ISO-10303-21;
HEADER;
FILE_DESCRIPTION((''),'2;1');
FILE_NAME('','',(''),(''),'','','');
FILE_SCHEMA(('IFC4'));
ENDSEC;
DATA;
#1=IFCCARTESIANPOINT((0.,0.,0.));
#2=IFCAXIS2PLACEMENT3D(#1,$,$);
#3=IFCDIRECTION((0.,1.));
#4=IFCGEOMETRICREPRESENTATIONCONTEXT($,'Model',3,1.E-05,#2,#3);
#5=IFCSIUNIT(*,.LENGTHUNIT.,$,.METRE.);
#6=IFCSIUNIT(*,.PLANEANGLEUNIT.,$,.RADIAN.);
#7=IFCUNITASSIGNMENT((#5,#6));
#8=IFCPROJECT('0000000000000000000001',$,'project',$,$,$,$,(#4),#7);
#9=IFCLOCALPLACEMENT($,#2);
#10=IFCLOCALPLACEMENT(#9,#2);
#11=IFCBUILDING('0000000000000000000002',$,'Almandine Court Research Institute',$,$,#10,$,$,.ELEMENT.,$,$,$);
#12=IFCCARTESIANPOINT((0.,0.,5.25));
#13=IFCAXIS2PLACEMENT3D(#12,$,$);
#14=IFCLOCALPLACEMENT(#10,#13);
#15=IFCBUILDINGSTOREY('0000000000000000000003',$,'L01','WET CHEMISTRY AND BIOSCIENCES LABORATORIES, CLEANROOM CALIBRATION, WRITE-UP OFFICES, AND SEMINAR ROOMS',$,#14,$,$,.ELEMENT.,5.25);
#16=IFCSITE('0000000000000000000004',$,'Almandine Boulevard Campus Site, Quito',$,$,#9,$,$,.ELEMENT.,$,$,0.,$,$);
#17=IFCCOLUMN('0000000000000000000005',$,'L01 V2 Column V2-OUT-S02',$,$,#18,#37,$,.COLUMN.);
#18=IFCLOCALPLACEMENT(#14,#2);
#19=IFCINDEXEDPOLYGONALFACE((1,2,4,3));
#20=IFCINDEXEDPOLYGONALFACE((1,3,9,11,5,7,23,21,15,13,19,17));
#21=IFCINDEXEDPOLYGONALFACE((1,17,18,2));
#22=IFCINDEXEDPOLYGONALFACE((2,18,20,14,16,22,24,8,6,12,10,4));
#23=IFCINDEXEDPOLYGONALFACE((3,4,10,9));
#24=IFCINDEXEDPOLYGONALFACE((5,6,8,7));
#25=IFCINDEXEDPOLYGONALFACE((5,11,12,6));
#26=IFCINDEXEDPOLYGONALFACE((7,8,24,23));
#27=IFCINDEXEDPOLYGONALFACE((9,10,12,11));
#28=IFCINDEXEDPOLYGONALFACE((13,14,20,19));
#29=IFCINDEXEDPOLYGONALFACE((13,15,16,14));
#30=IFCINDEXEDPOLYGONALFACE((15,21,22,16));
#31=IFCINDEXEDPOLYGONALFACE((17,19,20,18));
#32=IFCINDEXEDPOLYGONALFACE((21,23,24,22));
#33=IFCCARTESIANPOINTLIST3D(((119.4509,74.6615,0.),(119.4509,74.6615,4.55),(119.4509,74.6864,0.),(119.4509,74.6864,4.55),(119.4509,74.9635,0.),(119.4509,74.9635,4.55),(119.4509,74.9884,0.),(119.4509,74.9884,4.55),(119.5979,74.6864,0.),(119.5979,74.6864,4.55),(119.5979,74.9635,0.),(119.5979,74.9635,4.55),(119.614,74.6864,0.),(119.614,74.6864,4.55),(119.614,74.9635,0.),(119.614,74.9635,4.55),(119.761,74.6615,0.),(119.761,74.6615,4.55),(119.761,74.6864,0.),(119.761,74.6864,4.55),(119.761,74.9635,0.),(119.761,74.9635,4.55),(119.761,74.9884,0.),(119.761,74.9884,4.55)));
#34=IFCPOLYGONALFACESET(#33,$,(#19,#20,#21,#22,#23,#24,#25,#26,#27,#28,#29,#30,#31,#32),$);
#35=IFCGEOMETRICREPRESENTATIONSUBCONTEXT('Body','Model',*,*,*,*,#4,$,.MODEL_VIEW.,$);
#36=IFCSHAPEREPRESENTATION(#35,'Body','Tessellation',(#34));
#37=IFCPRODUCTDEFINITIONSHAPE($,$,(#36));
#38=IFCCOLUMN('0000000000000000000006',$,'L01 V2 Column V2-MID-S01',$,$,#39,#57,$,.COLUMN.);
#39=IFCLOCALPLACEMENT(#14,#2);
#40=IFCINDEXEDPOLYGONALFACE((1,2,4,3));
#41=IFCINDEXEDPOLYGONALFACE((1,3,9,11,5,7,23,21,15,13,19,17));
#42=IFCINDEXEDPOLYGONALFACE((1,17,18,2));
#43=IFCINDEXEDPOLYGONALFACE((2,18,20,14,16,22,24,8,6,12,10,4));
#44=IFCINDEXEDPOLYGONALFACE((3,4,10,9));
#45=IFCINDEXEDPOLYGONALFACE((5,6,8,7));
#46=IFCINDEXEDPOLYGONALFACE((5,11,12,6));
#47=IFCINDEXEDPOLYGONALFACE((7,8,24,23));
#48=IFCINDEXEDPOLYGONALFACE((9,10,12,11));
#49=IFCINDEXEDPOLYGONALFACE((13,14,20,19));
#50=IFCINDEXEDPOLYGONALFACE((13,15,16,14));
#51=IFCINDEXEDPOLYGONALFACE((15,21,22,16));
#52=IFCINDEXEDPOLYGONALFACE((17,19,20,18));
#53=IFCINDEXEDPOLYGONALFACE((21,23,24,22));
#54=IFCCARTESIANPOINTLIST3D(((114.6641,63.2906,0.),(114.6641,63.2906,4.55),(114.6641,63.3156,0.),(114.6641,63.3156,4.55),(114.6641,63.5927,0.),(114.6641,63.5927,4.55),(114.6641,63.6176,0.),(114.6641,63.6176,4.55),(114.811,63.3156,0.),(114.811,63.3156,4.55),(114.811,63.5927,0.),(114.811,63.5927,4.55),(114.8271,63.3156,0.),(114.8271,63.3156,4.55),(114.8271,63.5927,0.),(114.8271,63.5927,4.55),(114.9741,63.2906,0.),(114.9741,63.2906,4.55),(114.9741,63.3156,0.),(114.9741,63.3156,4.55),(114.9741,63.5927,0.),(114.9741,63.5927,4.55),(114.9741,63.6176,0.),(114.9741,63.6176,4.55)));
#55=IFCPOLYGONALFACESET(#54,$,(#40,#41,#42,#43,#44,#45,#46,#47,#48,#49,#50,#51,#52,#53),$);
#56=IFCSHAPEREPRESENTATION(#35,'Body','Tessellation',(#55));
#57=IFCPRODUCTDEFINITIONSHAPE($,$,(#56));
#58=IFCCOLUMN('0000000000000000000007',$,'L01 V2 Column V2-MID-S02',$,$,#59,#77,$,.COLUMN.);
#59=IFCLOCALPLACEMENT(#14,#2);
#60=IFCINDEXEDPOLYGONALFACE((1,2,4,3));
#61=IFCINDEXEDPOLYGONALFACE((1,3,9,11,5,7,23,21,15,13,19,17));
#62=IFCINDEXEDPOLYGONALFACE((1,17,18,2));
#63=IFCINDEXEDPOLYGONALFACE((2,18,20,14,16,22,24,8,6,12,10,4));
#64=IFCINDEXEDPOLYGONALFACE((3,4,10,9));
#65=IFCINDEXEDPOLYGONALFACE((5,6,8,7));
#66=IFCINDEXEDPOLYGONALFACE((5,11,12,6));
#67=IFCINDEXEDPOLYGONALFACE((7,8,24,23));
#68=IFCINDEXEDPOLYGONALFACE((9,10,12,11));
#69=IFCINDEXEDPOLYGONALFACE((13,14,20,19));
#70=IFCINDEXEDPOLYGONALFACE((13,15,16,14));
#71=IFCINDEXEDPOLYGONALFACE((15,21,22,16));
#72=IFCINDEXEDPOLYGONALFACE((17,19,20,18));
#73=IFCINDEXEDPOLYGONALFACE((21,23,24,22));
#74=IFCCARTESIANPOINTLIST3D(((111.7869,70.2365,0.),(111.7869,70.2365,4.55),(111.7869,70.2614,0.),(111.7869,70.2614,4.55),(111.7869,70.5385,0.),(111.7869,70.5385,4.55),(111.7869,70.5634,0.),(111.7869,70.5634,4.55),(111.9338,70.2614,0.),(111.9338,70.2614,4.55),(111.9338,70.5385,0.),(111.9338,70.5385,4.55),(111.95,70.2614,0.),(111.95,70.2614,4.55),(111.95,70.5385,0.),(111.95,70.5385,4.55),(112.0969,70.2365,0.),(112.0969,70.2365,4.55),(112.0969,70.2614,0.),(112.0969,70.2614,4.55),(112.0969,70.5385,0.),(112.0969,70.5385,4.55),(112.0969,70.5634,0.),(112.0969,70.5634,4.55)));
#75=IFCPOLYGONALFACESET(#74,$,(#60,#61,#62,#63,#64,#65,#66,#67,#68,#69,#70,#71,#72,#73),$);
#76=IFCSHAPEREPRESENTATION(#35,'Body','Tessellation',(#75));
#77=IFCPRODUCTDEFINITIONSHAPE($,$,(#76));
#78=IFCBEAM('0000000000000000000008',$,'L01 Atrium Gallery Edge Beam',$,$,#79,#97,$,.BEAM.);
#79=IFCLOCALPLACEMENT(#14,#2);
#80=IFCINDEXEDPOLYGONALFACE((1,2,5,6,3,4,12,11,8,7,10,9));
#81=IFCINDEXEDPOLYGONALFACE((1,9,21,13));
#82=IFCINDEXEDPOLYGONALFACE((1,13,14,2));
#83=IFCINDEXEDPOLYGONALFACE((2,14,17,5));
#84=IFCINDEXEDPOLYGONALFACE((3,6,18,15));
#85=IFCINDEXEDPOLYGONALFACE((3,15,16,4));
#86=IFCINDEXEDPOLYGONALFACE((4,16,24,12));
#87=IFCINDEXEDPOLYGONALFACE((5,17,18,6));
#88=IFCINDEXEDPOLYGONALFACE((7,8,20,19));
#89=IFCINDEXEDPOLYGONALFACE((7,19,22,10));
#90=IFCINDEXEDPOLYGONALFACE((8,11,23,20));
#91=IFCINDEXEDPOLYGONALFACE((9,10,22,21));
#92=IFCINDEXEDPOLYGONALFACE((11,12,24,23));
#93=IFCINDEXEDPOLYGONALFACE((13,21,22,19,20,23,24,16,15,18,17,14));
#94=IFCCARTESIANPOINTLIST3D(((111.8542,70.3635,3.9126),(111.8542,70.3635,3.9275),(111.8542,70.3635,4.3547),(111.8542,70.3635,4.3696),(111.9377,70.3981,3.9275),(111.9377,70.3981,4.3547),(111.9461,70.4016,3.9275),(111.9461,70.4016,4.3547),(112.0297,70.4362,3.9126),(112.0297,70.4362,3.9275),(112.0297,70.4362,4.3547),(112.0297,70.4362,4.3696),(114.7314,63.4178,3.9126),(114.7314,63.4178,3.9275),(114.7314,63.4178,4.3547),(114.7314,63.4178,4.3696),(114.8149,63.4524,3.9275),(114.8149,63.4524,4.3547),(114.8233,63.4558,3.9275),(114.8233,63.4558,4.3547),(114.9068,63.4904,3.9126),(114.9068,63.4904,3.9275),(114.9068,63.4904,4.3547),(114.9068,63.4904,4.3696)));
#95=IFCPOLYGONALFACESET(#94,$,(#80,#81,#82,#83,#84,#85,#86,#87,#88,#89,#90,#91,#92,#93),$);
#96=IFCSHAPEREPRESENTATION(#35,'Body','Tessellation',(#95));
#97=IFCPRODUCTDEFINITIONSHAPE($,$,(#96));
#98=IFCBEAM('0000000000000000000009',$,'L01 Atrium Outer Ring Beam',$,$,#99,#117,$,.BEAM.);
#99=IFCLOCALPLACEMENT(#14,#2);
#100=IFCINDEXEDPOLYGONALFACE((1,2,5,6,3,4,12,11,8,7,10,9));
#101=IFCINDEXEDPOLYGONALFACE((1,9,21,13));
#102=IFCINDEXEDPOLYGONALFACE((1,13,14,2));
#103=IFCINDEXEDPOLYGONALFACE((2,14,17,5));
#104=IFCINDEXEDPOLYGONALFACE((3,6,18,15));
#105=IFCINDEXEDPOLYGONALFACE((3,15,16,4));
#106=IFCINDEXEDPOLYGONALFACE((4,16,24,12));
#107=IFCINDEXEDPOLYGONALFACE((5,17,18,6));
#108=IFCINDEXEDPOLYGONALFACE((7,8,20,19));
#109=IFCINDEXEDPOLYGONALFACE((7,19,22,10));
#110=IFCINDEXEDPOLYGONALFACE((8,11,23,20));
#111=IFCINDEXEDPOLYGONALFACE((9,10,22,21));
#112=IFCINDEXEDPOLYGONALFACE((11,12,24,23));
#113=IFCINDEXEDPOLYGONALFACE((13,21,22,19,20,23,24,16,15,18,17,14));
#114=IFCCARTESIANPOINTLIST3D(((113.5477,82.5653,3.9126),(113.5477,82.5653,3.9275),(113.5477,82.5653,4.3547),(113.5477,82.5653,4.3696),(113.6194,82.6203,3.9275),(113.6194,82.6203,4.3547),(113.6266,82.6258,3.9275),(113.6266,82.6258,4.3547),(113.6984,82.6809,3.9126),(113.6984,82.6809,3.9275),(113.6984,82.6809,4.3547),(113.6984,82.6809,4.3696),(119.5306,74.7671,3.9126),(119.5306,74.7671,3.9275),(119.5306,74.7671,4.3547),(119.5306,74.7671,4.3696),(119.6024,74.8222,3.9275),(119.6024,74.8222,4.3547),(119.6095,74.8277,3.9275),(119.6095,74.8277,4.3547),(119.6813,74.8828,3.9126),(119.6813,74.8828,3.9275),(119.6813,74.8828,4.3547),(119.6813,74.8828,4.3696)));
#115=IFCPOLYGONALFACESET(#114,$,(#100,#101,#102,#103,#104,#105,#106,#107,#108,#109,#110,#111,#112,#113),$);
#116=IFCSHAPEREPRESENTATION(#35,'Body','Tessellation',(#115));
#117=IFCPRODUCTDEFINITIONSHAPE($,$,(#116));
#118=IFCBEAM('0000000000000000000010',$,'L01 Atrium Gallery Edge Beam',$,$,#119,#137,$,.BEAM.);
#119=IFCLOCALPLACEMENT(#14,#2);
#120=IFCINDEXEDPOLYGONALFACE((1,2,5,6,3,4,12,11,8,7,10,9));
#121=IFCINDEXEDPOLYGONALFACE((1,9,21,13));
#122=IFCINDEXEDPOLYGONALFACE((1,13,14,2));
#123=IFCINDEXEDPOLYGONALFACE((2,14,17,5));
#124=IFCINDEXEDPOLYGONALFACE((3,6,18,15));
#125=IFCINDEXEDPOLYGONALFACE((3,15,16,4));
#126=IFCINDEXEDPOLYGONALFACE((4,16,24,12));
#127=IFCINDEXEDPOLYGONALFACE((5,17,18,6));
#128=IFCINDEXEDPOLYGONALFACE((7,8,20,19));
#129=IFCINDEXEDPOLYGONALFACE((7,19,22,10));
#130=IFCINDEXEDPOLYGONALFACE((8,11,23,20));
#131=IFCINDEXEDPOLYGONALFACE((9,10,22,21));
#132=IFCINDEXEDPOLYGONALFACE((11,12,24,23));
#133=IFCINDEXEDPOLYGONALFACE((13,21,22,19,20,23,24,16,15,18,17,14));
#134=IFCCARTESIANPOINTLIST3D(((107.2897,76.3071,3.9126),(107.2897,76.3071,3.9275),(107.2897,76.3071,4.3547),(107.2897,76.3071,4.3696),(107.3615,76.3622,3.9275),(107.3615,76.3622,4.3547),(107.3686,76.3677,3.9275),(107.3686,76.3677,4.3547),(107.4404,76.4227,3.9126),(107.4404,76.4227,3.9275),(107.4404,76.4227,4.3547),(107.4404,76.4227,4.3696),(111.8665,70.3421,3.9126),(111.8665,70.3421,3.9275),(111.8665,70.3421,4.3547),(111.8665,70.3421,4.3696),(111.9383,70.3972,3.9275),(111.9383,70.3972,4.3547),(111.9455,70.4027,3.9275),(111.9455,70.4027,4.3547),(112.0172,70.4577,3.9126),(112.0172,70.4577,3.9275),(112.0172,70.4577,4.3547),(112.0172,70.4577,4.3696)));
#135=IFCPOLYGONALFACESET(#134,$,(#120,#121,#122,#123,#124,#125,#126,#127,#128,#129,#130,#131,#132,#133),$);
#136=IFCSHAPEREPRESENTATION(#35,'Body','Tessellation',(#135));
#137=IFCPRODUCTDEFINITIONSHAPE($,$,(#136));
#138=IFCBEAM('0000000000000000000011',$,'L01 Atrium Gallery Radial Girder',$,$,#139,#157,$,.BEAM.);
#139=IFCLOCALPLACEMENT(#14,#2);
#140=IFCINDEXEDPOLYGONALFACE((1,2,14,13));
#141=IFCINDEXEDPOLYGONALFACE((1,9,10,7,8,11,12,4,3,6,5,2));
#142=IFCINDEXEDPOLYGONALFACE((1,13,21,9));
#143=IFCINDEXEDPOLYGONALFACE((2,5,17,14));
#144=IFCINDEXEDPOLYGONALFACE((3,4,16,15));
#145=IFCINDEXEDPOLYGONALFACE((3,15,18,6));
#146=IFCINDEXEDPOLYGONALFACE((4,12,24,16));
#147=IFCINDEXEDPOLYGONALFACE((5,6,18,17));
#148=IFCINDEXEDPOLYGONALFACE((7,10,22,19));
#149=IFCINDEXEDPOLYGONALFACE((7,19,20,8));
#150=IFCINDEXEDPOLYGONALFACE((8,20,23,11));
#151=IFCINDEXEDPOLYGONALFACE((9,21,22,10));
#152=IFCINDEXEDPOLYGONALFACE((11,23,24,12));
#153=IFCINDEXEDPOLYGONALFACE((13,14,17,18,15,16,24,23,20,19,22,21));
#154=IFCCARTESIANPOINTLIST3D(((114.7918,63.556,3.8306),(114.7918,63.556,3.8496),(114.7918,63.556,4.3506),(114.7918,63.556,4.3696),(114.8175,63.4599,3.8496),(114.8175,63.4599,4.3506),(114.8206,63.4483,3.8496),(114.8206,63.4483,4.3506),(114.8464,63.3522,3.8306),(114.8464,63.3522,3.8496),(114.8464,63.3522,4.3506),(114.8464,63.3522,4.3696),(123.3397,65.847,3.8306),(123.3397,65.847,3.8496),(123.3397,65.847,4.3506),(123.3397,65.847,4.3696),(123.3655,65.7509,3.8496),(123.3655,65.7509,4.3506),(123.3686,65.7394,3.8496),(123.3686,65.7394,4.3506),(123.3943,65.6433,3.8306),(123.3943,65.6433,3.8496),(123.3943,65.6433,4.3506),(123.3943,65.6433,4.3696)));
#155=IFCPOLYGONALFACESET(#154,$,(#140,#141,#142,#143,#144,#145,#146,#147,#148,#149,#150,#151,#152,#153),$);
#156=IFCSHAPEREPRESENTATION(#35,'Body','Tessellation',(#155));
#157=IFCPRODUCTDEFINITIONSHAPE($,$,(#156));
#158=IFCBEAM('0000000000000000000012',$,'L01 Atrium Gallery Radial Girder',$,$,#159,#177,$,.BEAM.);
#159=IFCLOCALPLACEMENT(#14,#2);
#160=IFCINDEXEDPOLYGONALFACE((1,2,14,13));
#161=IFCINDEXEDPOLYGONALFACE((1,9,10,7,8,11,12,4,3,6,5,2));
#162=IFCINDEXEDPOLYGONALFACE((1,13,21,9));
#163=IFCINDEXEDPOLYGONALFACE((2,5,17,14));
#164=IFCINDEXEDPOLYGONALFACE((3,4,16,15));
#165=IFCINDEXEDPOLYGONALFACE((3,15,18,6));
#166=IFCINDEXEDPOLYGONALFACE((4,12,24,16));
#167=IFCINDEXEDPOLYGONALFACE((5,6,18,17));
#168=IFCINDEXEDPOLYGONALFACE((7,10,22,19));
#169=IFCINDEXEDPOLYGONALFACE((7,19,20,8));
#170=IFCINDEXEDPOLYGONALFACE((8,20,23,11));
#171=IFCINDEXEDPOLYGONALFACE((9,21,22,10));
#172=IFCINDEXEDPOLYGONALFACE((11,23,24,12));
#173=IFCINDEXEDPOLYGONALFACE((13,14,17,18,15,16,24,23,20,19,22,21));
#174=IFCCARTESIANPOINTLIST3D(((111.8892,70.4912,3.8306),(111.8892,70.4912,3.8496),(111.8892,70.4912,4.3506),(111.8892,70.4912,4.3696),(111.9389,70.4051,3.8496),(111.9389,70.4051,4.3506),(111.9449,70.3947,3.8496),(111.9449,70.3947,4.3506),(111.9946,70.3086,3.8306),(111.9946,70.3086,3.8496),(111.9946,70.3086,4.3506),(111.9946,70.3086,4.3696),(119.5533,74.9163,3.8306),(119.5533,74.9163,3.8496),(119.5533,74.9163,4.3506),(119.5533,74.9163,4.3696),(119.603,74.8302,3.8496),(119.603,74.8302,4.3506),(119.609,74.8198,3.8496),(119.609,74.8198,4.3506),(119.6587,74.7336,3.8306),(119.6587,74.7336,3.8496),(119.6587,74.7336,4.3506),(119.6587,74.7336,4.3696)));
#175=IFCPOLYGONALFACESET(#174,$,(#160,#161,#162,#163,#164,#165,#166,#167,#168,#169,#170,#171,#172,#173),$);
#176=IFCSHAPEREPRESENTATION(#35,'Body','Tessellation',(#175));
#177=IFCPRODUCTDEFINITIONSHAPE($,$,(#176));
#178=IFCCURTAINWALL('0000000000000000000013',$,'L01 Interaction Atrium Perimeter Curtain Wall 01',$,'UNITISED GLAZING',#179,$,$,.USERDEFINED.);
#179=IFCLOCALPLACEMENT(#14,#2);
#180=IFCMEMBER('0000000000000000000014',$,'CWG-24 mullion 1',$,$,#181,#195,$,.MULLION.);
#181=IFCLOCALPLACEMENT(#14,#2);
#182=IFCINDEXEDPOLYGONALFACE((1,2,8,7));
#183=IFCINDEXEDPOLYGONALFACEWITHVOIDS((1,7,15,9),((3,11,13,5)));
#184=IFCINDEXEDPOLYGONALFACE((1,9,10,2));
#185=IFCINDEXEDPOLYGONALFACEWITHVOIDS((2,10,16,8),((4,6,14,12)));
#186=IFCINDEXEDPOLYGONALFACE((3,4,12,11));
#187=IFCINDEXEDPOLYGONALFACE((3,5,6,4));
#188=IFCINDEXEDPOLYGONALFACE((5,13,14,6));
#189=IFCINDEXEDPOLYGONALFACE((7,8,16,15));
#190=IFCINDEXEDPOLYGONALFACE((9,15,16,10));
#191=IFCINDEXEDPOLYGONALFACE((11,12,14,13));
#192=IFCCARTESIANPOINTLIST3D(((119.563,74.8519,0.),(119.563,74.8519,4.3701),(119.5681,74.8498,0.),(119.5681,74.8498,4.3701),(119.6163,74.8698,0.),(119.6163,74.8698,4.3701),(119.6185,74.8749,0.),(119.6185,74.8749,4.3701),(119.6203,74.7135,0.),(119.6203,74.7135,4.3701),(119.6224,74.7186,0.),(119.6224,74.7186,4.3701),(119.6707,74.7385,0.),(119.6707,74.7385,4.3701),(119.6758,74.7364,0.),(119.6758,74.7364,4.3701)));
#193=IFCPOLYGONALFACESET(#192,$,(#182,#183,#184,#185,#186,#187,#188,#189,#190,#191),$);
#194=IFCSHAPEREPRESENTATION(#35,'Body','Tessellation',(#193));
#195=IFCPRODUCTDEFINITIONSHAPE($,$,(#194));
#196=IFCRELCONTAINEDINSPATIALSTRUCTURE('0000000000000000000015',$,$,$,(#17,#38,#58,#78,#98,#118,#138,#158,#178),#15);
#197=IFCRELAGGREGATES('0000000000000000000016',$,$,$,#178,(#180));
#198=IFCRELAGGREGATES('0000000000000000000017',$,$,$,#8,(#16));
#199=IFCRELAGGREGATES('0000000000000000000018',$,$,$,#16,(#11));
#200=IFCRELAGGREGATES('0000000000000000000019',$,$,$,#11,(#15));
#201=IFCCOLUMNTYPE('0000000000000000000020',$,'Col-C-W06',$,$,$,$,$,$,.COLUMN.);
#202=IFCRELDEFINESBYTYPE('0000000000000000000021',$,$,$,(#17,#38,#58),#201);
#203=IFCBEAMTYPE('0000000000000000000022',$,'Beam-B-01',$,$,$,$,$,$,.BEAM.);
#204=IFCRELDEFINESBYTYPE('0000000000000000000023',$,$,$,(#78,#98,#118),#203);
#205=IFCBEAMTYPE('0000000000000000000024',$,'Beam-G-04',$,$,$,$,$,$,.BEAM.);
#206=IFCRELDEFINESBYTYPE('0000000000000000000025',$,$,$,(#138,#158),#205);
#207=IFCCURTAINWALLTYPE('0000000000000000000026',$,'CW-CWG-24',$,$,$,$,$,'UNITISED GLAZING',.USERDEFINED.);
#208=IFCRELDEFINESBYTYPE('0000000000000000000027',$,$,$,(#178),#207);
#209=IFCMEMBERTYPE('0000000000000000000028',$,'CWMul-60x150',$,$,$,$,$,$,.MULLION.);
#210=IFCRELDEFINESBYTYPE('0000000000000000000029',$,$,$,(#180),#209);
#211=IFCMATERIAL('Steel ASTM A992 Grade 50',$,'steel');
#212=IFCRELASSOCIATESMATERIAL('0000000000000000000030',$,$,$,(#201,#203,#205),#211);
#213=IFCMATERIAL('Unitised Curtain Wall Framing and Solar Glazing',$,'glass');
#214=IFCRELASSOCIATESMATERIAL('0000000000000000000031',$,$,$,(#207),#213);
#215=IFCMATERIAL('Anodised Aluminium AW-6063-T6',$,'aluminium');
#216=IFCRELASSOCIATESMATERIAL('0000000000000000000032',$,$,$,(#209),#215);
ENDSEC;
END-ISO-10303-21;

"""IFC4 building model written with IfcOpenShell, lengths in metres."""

from ifc_helpers import new_model, si_unit, direction, frame, origin, origin_2d, place, context, subcontext, project, spatial, hollow_rectangle, i_section, extrude, material, material_profile, profile_set, type_object, element, aggregate, save


model = new_model("IFC4")

# Units and contexts
model_context = context("Model", 3, precision=1e-05, world=origin(), true_north=direction((0.0, 1.0)))
body_context = subcontext(model_context, "Body", "Model", "MODEL_VIEW")
ifc_project = project(units=[si_unit("LENGTHUNIT", "METRE"), si_unit("PLANEANGLEUNIT", "RADIAN")], contexts=[model_context])

# Site, building, storey
site_placement = place(None, origin())
site = spatial("IfcSite", under=ifc_project, at=site_placement, Name="Almandine Boulevard Campus Site, Quito", CompositionType="ELEMENT", RefElevation=0.0)
building_placement = place(site_placement, origin())
building = spatial("IfcBuilding", under=site, at=building_placement, Name="Almandine Court Research Institute", CompositionType="ELEMENT")
storey_placement = place(building_placement, frame((0.0, 0.0, 5.25)))
storey = spatial("IfcBuildingStorey", under=building, at=storey_placement, Name="L01", Description="WET CHEMISTRY AND BIOSCIENCES LABORATORIES, CLEANROOM CALIBRATION, WRITE-UP OFFICES, AND SEMINAR ROOMS", CompositionType="ELEMENT", Elevation=5.25)

# Columns
ifc_material_1 = material(Name="Steel ASTM A992 Grade 50", Category="steel")
ifc_material_profile_1 = material_profile(ifc_material_1, i_section(OverallWidth=0.3101, OverallDepth=0.3269, WebThickness=0.0161, FlangeThickness=0.0249, at=origin_2d()), Name="W310x158")
ifc_profile_set_1 = profile_set([ifc_material_profile_1], Name="Steel ASTM A992 Grade 50")
column_type = type_object("IfcColumnType", Name="Col-C-W06", PredefinedType="COLUMN", material=ifc_profile_set_1)
for number, where, z_axis, x_axis, name in (
    (1, (119.606, 74.825, 0.0), (0.0, 0.0, 1.0), (1.0, 0.0, 0.0), "L01 V2 Column V2-OUT-S02"),
    (2, (114.8191, 63.4541, 0.0), (0.0, 0.0, 1.0), (1.0, 0.0, 0.0), "L01 V2 Column V2-MID-S01"),
    (3, (111.9419, 70.3999, 0.0), (0.0, 0.0, 1.0), (1.0, 0.0, 0.0), "L01 V2 Column V2-MID-S02"),
):
    element("IfcColumn", number, at=place(storey_placement, frame(where, z_axis=z_axis, x_axis=x_axis)), inside=storey, type_object=column_type, Name=name, PredefinedType="COLUMN", context=body_context, shape_type="SweptSolid", body=[
        extrude(i_section(OverallWidth=0.3101, OverallDepth=0.3269, WebThickness=0.0161, FlangeThickness=0.0249, at=origin_2d()), origin(), (0.0, 0.0, 1.0), 4.55),
    ])

# Beams
ifc_material_profile_2 = material_profile(ifc_material_1, i_section(OverallWidth=0.1899, OverallDepth=0.457, WebThickness=0.009, FlangeThickness=0.0149, at=origin_2d()), Name="W460x74")
ifc_profile_set_2 = profile_set([ifc_material_profile_2], Name="Steel ASTM A992 Grade 50")
beam_type_1 = type_object("IfcBeamType", Name="Beam-B-01", PredefinedType="BEAM", material=ifc_profile_set_2)
beam_1_placement = place(storey_placement, frame((114.8191, 63.4541, 4.1411), z_axis=(-0.382701, 0.923872, 0.0), x_axis=(-0.923872, -0.382701, 0.0)))
element("IfcBeam", 4, at=beam_1_placement, inside=storey, type_object=beam_type_1, Name="L01 Atrium Gallery Edge Beam", PredefinedType="BEAM", context=body_context, shape_type="SweptSolid", body=[
    extrude(i_section(OverallWidth=0.1899, OverallDepth=0.457, WebThickness=0.009, FlangeThickness=0.0149, at=origin_2d()), origin(), (0.0, 0.0, 1.0), 7.5181),
])
beam_2_placement = place(storey_placement, frame((119.606, 74.825, 4.1411), z_axis=(-0.608712, 0.793392, 0.0), x_axis=(-0.793392, -0.608712, 0.0)))
element("IfcBeam", 5, at=beam_2_placement, inside=storey, type_object=beam_type_1, Name="L01 Atrium Outer Ring Beam", PredefinedType="BEAM", context=body_context, shape_type="SweptSolid", body=[
    extrude(i_section(OverallWidth=0.1899, OverallDepth=0.457, WebThickness=0.009, FlangeThickness=0.0149, at=origin_2d()), origin(), (0.0, 0.0, 1.0), 9.8289),
])
beam_3_placement = place(storey_placement, frame((111.9419, 70.3999, 4.1411), z_axis=(-0.608739, 0.793371, 0.0), x_axis=(-0.793371, -0.608739, 0.0)))
element("IfcBeam", 6, at=beam_3_placement, inside=storey, type_object=beam_type_1, Name="L01 Atrium Gallery Edge Beam", PredefinedType="BEAM", context=body_context, shape_type="SweptSolid", body=[
    extrude(i_section(OverallWidth=0.1899, OverallDepth=0.457, WebThickness=0.009, FlangeThickness=0.0149, at=origin_2d()), origin(), (0.0, 0.0, 1.0), 7.5186),
])
ifc_material_profile_3 = material_profile(ifc_material_1, i_section(OverallWidth=0.2109, OverallDepth=0.5391, WebThickness=0.012, FlangeThickness=0.019, at=origin_2d()), Name="W530x109")
ifc_profile_set_3 = profile_set([ifc_material_profile_3], Name="Steel ASTM A992 Grade 50")
beam_type_2 = type_object("IfcBeamType", Name="Beam-G-04", PredefinedType="BEAM", material=ifc_profile_set_3)
beam_4_placement = place(storey_placement, frame((114.8191, 63.4541, 4.1001), z_axis=(0.965908, 0.258885, 0.0), x_axis=(-0.258885, 0.965908, 0.0)))
element("IfcBeam", 7, at=beam_4_placement, inside=storey, type_object=beam_type_2, Name="L01 Atrium Gallery Radial Girder", PredefinedType="BEAM", context=body_context, shape_type="SweptSolid", body=[
    extrude(i_section(OverallWidth=0.2109, OverallDepth=0.5391, WebThickness=0.012, FlangeThickness=0.019, at=origin_2d()), origin(), (0.0, 0.0, 1.0), 8.8496),
])
beam_5_placement = place(storey_placement, frame((111.9419, 70.3999, 4.1001), z_axis=(0.866016, 0.500017, 0.0), x_axis=(-0.500017, 0.866016, 0.0)))
element("IfcBeam", 8, at=beam_5_placement, inside=storey, type_object=beam_type_2, Name="L01 Atrium Gallery Radial Girder", PredefinedType="BEAM", context=body_context, shape_type="SweptSolid", body=[
    extrude(i_section(OverallWidth=0.2109, OverallDepth=0.5391, WebThickness=0.012, FlangeThickness=0.019, at=origin_2d()), origin(), (0.0, 0.0, 1.0), 8.8499),
])

# Curtain wall, member
ifc_material_2 = material(Name="Unitised Curtain Wall Framing and Solar Glazing", Category="glass")
curtain_wall_type = type_object("IfcCurtainWallType", Name="CW-CWG-24", ElementType="UNITISED GLAZING", PredefinedType="USERDEFINED", material=ifc_material_2)
curtain_wall_placement = place(storey_placement, origin())
curtain_wall = element("IfcCurtainWall", 9, at=curtain_wall_placement, inside=storey, type_object=curtain_wall_type, Name="L01 Interaction Atrium Perimeter Curtain Wall 01", ObjectType="UNITISED GLAZING", PredefinedType="USERDEFINED")
ifc_material_3 = material(Name="Anodised Aluminium AW-6063-T6", Category="aluminium")
ifc_material_profile_4 = material_profile(ifc_material_3, hollow_rectangle(XDim=0.0601, YDim=0.1499, WallThickness=0.0039, at=origin_2d()), Name="ALU RHS 60x150x4")
ifc_profile_set_4 = profile_set([ifc_material_profile_4], Name="Anodised Aluminium AW-6063-T6")
member_type_1 = type_object("IfcMemberType", Name="CWMul-60x150", PredefinedType="MULLION", material=ifc_profile_set_4)
member_1_placement = place(storey_placement, frame((119.6194, 74.7942, 0.0), z_axis=(0.0, 0.0, 1.0), x_axis=(0.9239, 0.382634, 0.0)))
member_1 = element("IfcMember", 10, at=member_1_placement, type_object=member_type_1, Name="CWG-24 mullion 1", PredefinedType="MULLION", context=body_context, shape_type="SweptSolid", body=[
    extrude(hollow_rectangle(XDim=0.0601, YDim=0.1499, WallThickness=0.0039, at=origin_2d()), origin(), (0.0, 0.0, 1.0), 4.3701),
])
aggregate(curtain_wall, [member_1])

save(model, "model.ifc")
